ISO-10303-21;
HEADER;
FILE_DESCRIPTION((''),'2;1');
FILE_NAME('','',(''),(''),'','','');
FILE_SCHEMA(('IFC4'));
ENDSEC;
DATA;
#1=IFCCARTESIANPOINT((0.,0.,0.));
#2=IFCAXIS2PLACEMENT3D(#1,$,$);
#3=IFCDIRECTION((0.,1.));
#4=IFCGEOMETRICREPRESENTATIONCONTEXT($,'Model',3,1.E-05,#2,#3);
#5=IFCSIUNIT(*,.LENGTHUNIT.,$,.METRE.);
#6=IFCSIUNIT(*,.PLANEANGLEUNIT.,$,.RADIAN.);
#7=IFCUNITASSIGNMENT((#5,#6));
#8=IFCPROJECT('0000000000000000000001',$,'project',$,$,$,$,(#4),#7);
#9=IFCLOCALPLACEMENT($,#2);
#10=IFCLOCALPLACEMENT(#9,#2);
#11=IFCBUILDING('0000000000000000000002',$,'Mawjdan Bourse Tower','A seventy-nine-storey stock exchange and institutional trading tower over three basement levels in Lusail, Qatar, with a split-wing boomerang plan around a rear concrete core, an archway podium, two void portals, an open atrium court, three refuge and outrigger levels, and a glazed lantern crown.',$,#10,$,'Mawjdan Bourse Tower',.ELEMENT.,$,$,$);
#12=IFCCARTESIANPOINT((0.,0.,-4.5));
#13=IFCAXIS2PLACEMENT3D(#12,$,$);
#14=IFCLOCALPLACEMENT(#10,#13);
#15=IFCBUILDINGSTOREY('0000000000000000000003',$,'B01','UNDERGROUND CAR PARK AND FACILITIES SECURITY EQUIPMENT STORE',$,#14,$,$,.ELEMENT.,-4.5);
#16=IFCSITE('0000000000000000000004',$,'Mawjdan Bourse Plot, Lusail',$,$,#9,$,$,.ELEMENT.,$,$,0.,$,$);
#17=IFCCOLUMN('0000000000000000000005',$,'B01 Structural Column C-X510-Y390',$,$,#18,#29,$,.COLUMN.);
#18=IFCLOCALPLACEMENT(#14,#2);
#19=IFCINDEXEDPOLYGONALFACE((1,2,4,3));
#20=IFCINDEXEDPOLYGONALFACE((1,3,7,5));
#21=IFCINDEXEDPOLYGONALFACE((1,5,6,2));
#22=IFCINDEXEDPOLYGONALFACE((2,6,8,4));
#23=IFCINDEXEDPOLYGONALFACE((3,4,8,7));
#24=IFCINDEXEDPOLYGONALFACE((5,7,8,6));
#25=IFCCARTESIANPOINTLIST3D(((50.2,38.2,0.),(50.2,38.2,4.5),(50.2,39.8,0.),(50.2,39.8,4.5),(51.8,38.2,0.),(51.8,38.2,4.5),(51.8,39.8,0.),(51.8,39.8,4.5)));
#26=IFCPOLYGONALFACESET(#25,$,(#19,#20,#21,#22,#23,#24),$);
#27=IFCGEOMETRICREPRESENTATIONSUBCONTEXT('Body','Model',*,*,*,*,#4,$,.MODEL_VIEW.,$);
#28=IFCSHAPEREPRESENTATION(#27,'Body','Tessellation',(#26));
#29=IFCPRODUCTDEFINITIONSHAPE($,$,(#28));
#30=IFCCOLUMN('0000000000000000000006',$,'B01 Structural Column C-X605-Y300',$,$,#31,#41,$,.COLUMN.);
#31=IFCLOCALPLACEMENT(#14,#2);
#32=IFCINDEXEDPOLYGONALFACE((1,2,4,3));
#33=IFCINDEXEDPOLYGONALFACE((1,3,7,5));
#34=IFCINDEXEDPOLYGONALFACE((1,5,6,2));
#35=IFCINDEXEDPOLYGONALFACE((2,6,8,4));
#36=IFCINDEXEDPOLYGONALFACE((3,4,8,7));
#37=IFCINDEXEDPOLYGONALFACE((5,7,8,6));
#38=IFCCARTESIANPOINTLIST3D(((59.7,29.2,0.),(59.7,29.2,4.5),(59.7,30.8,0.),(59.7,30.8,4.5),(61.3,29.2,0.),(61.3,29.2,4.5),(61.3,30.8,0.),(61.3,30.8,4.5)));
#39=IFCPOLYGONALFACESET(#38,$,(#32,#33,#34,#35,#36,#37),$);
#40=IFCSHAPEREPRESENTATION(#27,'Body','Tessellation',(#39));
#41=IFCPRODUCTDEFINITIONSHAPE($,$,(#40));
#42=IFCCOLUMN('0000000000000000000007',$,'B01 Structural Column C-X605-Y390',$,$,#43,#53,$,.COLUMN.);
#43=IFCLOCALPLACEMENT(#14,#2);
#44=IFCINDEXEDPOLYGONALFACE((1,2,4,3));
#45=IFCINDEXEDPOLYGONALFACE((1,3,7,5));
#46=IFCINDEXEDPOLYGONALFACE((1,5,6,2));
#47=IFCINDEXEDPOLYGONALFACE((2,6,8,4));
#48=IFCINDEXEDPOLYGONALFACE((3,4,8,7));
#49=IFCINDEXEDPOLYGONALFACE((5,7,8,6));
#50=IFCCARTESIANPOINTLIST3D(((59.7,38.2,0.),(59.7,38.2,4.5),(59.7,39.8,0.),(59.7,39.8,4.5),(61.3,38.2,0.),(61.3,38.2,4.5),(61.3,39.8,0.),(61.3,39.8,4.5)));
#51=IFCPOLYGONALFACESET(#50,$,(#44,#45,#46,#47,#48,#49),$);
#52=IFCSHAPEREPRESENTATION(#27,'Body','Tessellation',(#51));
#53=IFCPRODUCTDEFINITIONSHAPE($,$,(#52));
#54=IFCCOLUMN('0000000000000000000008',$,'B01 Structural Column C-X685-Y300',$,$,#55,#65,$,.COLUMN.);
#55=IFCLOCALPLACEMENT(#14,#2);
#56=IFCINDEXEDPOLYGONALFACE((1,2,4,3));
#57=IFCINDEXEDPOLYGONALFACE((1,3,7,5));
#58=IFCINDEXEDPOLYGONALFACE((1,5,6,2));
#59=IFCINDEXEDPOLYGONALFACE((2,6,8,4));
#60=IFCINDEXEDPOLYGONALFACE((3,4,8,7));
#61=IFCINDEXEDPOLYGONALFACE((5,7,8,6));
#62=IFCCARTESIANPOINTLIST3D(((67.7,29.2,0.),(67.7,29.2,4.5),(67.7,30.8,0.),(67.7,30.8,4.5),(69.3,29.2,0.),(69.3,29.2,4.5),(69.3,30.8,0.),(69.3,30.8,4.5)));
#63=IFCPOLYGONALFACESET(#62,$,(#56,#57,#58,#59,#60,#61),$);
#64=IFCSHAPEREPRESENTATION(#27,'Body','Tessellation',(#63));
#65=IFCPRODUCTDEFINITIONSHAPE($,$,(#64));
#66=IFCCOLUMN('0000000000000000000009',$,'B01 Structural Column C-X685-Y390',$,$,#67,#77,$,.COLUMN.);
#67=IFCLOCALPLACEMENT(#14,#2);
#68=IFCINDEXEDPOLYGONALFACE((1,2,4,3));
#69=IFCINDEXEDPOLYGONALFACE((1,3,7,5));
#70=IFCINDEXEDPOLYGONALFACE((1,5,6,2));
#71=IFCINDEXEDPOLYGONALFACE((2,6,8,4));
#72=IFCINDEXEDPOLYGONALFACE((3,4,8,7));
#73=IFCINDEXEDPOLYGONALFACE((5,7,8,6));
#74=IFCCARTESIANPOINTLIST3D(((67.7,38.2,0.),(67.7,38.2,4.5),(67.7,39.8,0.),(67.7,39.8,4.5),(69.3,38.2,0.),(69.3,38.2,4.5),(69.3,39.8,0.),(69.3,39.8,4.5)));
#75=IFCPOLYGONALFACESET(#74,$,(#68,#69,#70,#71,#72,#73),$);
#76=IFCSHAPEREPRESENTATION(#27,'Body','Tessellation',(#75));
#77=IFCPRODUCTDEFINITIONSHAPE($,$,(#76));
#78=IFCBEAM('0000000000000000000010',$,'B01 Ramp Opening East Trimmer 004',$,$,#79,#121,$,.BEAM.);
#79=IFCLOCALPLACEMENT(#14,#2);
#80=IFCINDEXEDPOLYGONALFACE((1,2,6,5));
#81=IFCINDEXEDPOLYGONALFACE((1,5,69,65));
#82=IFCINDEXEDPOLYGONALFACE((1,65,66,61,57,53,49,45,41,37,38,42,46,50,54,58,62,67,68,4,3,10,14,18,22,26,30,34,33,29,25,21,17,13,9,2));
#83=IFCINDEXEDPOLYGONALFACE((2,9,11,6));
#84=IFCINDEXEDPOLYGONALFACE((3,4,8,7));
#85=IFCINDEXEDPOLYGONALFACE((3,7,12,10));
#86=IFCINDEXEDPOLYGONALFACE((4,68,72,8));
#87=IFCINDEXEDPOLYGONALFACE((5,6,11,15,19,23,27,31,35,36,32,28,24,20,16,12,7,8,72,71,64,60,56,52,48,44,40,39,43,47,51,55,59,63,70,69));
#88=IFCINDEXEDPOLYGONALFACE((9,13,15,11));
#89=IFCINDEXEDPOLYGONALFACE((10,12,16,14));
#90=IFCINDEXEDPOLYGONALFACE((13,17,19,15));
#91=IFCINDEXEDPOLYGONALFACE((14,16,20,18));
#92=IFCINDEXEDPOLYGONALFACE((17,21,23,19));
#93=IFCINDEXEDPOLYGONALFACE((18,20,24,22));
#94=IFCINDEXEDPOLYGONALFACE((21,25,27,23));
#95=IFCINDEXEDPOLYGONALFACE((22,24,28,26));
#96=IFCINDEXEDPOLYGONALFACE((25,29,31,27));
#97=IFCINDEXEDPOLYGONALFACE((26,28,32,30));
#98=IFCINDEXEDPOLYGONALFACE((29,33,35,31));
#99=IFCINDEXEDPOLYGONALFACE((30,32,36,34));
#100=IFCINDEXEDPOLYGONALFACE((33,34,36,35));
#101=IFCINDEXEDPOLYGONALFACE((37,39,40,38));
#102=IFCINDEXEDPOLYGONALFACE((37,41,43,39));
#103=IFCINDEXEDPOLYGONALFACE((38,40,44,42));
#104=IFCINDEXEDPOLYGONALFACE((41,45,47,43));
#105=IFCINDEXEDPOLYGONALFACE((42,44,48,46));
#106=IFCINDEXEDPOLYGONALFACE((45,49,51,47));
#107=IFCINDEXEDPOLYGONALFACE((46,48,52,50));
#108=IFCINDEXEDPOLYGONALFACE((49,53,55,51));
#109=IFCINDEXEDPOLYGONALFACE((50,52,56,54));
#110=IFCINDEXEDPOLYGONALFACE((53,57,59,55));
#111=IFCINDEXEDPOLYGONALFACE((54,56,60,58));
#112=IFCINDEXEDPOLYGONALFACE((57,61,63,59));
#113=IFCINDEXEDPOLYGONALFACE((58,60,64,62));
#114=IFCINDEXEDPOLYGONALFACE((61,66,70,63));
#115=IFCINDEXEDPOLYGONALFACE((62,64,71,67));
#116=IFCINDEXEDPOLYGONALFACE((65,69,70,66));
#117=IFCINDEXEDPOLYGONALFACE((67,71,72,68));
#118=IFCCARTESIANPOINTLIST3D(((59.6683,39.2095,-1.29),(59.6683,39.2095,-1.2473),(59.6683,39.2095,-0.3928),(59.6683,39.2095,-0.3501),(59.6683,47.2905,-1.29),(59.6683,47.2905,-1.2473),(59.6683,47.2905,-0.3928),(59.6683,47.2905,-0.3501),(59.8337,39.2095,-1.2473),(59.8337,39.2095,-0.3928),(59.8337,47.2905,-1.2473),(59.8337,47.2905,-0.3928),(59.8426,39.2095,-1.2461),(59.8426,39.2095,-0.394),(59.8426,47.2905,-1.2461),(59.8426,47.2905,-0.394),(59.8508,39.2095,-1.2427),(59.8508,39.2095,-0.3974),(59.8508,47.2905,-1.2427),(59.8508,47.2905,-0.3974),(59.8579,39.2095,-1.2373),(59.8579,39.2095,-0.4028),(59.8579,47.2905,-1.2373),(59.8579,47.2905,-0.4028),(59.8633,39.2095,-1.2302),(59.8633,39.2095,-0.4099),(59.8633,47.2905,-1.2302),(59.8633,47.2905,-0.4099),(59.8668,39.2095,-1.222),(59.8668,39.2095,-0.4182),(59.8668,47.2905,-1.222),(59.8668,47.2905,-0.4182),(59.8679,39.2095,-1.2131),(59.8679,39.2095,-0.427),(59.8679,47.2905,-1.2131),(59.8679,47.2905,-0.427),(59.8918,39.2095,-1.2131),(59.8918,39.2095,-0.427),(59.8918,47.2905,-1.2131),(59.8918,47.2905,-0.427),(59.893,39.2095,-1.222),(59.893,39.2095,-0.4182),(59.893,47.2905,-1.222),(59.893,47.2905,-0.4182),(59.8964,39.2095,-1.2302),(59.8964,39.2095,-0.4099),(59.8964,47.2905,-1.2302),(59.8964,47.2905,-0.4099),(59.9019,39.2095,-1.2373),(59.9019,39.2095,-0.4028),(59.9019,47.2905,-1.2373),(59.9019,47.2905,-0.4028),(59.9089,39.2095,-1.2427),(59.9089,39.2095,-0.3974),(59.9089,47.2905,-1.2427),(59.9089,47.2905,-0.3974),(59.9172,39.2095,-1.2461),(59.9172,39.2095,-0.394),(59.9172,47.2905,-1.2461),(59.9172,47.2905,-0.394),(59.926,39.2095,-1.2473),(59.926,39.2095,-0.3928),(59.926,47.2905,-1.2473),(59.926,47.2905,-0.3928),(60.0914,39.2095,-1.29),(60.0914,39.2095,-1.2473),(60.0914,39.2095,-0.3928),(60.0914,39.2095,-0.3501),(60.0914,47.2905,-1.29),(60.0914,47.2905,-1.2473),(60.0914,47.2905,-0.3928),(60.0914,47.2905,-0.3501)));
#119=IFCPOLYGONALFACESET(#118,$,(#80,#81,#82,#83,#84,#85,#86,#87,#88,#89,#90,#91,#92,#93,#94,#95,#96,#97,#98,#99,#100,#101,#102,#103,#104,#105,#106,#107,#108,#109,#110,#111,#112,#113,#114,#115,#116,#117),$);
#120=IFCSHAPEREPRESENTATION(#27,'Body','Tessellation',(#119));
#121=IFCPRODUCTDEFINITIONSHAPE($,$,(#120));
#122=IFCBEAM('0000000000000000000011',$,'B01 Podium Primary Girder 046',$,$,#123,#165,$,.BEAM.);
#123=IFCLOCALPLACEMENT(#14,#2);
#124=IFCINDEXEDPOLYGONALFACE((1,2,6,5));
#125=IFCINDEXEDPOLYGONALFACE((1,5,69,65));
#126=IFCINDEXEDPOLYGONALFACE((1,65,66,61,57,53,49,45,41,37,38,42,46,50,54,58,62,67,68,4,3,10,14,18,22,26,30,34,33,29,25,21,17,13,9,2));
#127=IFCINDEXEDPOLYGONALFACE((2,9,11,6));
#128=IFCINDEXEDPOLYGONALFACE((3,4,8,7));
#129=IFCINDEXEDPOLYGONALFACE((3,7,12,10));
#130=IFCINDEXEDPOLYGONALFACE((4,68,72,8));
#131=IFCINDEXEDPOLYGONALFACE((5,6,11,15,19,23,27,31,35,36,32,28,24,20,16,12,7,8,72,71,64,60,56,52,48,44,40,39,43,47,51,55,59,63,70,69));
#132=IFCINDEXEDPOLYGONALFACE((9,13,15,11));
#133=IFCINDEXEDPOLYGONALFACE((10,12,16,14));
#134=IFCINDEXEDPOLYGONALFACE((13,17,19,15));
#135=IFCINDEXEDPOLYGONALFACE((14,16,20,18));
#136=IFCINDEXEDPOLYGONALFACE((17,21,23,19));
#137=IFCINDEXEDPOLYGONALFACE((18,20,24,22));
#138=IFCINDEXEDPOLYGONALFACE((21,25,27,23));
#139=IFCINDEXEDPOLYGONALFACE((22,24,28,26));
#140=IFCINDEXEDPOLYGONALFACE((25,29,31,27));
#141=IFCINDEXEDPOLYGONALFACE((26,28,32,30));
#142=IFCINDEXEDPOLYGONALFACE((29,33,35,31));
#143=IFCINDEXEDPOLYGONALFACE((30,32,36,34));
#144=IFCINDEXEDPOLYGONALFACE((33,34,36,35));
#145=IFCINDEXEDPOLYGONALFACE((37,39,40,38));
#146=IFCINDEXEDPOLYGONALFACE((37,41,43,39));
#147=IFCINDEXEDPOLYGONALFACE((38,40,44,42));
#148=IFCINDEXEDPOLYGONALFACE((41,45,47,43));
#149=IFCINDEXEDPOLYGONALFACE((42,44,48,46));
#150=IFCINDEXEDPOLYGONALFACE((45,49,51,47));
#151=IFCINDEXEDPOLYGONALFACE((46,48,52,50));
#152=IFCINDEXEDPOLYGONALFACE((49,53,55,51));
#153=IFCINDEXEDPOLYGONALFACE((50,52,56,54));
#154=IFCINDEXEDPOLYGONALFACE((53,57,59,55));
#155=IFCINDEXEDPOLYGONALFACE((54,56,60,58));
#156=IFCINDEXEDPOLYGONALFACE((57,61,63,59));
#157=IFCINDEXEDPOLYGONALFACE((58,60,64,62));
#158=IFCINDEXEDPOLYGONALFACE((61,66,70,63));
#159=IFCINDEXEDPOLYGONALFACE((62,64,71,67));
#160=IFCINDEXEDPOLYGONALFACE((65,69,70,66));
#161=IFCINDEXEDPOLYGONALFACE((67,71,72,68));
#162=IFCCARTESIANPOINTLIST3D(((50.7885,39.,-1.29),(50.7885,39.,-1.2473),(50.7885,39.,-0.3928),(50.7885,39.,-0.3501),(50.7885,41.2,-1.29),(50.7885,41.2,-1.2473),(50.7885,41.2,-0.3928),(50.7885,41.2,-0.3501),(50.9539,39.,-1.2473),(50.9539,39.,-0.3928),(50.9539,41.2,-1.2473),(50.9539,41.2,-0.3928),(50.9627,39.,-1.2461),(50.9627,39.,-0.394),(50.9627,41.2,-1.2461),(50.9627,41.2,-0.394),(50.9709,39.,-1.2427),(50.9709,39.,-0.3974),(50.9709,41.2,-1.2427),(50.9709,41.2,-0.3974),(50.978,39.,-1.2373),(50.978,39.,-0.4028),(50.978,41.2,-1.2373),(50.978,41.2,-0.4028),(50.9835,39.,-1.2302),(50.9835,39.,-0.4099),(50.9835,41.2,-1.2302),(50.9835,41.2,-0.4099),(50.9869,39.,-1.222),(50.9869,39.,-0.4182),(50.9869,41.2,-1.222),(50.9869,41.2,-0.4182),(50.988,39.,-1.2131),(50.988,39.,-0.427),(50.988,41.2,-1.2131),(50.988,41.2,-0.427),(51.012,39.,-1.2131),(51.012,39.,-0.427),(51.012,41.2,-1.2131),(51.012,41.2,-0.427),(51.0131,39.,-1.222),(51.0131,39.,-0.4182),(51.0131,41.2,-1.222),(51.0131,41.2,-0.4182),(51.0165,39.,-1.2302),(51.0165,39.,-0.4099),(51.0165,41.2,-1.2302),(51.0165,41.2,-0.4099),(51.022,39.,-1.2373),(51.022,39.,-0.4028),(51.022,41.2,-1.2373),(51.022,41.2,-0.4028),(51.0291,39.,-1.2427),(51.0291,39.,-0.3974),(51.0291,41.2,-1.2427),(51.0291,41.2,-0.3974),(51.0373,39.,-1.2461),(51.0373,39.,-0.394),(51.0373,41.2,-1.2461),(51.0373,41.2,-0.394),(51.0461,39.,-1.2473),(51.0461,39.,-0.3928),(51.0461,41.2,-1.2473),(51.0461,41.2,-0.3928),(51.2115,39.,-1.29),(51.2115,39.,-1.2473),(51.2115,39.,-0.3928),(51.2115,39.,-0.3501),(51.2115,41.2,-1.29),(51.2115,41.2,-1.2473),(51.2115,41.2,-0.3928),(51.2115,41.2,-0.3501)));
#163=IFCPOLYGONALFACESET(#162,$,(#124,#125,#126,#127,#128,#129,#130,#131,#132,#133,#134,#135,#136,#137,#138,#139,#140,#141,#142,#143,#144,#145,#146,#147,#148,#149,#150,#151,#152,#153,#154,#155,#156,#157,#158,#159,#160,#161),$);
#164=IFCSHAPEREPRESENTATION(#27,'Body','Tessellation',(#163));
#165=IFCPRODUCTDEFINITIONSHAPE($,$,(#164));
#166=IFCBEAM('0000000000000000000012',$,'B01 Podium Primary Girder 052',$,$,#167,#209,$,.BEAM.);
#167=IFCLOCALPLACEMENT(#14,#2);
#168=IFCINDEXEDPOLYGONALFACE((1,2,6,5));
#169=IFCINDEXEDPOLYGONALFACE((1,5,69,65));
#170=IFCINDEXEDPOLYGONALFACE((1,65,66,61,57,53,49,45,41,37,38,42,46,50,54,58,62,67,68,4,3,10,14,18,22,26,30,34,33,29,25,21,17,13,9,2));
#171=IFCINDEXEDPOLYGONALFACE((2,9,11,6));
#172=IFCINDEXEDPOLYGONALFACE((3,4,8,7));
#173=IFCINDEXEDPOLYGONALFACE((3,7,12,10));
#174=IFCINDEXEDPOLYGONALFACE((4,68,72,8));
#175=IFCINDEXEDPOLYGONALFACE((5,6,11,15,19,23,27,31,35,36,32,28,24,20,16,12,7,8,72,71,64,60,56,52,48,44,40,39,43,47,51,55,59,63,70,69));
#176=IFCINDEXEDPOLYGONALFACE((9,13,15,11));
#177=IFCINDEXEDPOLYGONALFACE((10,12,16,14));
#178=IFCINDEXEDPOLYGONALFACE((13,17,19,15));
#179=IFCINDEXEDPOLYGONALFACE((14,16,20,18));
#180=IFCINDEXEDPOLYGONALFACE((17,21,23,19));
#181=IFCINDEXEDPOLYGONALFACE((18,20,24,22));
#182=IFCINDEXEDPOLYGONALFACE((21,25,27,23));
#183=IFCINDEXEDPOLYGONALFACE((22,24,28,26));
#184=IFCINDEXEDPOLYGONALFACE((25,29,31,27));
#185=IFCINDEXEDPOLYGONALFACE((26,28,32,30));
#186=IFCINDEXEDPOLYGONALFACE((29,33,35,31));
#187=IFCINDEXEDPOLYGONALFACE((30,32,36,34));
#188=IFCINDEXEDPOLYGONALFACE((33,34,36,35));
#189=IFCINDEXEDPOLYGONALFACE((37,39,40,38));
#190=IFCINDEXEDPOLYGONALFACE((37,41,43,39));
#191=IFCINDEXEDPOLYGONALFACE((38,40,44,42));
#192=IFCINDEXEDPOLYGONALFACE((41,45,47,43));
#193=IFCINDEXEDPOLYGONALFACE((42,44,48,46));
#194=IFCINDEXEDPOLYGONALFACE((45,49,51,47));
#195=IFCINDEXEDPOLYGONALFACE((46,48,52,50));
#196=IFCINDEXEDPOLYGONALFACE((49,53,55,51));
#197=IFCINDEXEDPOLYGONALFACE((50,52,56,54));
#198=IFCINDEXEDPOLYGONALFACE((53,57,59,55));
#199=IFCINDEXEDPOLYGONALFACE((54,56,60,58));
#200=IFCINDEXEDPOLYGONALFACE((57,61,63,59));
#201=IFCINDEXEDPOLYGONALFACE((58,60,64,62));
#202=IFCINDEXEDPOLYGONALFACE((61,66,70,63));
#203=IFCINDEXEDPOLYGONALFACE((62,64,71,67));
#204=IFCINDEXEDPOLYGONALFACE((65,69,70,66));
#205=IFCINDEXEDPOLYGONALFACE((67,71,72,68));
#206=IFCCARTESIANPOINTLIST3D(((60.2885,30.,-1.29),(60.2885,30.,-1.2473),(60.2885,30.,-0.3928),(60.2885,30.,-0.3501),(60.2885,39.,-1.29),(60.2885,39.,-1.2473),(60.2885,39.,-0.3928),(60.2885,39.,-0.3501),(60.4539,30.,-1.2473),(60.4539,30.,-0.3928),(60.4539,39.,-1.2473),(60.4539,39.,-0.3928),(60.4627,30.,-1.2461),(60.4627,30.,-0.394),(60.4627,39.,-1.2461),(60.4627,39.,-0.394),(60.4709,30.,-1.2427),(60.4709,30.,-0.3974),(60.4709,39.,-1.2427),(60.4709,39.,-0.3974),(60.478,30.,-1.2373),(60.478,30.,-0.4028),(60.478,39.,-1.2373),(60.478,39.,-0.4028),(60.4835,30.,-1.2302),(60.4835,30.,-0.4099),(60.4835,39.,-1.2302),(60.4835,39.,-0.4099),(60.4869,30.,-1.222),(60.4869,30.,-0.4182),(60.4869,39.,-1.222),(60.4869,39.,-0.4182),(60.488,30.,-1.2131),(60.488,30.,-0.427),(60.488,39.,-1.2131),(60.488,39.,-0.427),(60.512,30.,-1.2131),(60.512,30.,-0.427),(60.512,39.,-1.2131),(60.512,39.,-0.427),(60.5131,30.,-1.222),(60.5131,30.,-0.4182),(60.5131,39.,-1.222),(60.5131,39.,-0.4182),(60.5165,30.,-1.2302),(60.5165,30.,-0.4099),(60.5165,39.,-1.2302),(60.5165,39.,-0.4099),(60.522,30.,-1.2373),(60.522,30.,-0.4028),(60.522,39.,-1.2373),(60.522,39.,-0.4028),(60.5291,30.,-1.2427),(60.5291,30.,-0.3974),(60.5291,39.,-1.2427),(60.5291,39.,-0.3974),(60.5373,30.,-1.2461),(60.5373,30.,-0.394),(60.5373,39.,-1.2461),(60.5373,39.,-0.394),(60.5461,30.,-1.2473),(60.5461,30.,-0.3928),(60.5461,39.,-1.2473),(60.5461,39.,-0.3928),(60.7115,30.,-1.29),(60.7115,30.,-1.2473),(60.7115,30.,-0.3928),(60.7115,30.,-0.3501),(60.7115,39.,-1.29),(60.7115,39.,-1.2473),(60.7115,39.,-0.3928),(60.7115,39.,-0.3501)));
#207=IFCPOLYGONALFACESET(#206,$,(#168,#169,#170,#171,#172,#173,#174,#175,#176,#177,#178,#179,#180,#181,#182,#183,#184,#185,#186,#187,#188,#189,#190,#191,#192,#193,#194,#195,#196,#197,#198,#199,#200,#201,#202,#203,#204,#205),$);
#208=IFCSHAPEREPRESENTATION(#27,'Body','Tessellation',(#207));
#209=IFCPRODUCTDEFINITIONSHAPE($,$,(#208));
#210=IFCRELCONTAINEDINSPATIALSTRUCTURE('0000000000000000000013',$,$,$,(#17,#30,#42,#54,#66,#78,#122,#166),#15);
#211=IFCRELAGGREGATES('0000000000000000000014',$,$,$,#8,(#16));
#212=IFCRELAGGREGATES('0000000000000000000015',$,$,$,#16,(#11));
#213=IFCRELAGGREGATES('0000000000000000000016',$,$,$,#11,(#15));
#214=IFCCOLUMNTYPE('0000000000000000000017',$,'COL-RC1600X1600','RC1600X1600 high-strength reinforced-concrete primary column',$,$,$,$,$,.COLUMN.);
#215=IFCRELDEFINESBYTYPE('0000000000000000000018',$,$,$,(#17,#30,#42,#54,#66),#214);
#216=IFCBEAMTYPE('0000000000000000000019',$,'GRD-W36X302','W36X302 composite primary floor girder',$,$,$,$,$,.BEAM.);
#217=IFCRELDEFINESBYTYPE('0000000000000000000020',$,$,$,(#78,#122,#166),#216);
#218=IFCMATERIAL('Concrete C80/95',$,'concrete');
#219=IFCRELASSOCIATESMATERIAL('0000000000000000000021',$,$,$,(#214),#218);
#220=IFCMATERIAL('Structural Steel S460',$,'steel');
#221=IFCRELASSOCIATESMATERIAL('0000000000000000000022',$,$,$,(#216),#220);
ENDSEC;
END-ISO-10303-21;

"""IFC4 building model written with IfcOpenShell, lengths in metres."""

from ifc_helpers import new_model, si_unit, direction, frame, origin, origin_2d, place, context, subcontext, project, spatial, rectangle, i_section, extrude, material, material_profile, profile_set, type_object, element, save


model = new_model("IFC4")

# Units and contexts
model_context = context("Model", 3, precision=1e-05, world=origin(), true_north=direction((0.0, 1.0)))
body_context = subcontext(model_context, "Body", "Model", "MODEL_VIEW")
ifc_project = project(units=[si_unit("LENGTHUNIT", "METRE"), si_unit("PLANEANGLEUNIT", "RADIAN")], contexts=[model_context])

# Site, building, storey
site_placement = place(None, origin())
site = spatial("IfcSite", under=ifc_project, at=site_placement, Name="Mawjdan Bourse Plot, Lusail", CompositionType="ELEMENT", RefElevation=0.0)
building_placement = place(site_placement, origin())
building = spatial("IfcBuilding", under=site, at=building_placement, Name="Mawjdan Bourse Tower", Description="A seventy-nine-storey stock exchange and institutional trading tower over three basement levels in Lusail, Qatar, with a split-wing boomerang plan around a rear concrete core, an archway podium, two void portals, an open atrium court, three refuge and outrigger levels, and a glazed lantern crown.", LongName="Mawjdan Bourse Tower", CompositionType="ELEMENT")
storey_placement = place(building_placement, frame((0.0, 0.0, -4.5)))
storey = spatial("IfcBuildingStorey", under=building, at=storey_placement, Name="B01", Description="UNDERGROUND CAR PARK AND FACILITIES SECURITY EQUIPMENT STORE", CompositionType="ELEMENT", Elevation=-4.5)

# Columns
ifc_material_1 = material(Name="Concrete C80/95", Category="concrete")
ifc_material_profile_1 = material_profile(ifc_material_1, rectangle(XDim=1.6001, YDim=1.6001, at=origin_2d()), Name="RC1600X1600")
ifc_profile_set_1 = profile_set([ifc_material_profile_1], Name="Concrete C80/95")
column_type = type_object("IfcColumnType", Name="COL-RC1600X1600", Description="RC1600X1600 high-strength reinforced-concrete primary column", PredefinedType="COLUMN", material=ifc_profile_set_1)
for number, where, z_axis, x_axis, name in (
    (1, (51.0, 39.0, 0.0), (0.0, 0.0, 1.0), (1.0, 0.0, 0.0), "B01 Structural Column C-X510-Y390"),
    (2, (60.5, 30.0, 0.0), (0.0, 0.0, 1.0), (1.0, 0.0, 0.0), "B01 Structural Column C-X605-Y300"),
    (3, (60.5, 39.0, 0.0), (0.0, 0.0, 1.0), (1.0, 0.0, 0.0), "B01 Structural Column C-X605-Y390"),
    (4, (68.5, 30.0, 0.0), (0.0, 0.0, 1.0), (1.0, 0.0, 0.0), "B01 Structural Column C-X685-Y300"),
    (5, (68.5, 39.0, 0.0), (0.0, 0.0, 1.0), (1.0, 0.0, 0.0), "B01 Structural Column C-X685-Y390"),
):
    element("IfcColumn", number, at=place(storey_placement, frame(where, z_axis=z_axis, x_axis=x_axis)), inside=storey, type_object=column_type, Name=name, PredefinedType="COLUMN", context=body_context, shape_type="SweptSolid", body=[
        extrude(rectangle(XDim=1.6001, YDim=1.6001, at=origin_2d()), origin(), (0.0, 0.0, 1.0), 4.5),
    ])

# Beams
ifc_material_2 = material(Name="Structural Steel S460", Category="steel")
ifc_material_profile_2 = material_profile(ifc_material_2, i_section(OverallWidth=0.4231, OverallDepth=0.9399, WebThickness=0.0239, FlangeThickness=0.0427, FilletRadius=0.0342, at=origin_2d()), Name="W36X302")
ifc_profile_set_2 = profile_set([ifc_material_profile_2], Name="Structural Steel S460")
beam_type_1 = type_object("IfcBeamType", Name="GRD-W36X302", Description="W36X302 composite primary floor girder", PredefinedType="BEAM", material=ifc_profile_set_2)
beam_1_placement = place(storey_placement, frame((59.8799, 39.2095, -0.8201), z_axis=(0.0, 1.0, 0.0), x_axis=(-1.0, 0.0, 0.0)))
element("IfcBeam", 6, at=beam_1_placement, inside=storey, type_object=beam_type_1, Name="B01 Ramp Opening East Trimmer 004", PredefinedType="BEAM", context=body_context, shape_type="SweptSolid", body=[
    extrude(i_section(OverallWidth=0.4231, OverallDepth=0.9399, WebThickness=0.0239, FlangeThickness=0.0427, FilletRadius=0.0342, at=origin_2d()), origin(), (0.0, 0.0, 1.0), 8.0811),
])
beam_2_placement = place(storey_placement, frame((51.0, 39.0, -0.8201), z_axis=(0.0, 1.0, 0.0), x_axis=(-1.0, 0.0, 0.0)))
element("IfcBeam", 7, at=beam_2_placement, inside=storey, type_object=beam_type_1, Name="B01 Podium Primary Girder 046", PredefinedType="BEAM", context=body_context, shape_type="SweptSolid", body=[
    extrude(i_section(OverallWidth=0.4231, OverallDepth=0.9399, WebThickness=0.0239, FlangeThickness=0.0427, FilletRadius=0.0342, at=origin_2d()), origin(), (0.0, 0.0, 1.0), 2.2),
])
beam_3_placement = place(storey_placement, frame((60.5, 30.0, -0.8201), z_axis=(0.0, 1.0, 0.0), x_axis=(-1.0, 0.0, 0.0)))
element("IfcBeam", 8, at=beam_3_placement, inside=storey, type_object=beam_type_1, Name="B01 Podium Primary Girder 052", PredefinedType="BEAM", context=body_context, shape_type="SweptSolid", body=[
    extrude(i_section(OverallWidth=0.4231, OverallDepth=0.9399, WebThickness=0.0239, FlangeThickness=0.0427, FilletRadius=0.0342, at=origin_2d()), origin(), (0.0, 0.0, 1.0), 9.0),
])

save(model, "model.ifc")
